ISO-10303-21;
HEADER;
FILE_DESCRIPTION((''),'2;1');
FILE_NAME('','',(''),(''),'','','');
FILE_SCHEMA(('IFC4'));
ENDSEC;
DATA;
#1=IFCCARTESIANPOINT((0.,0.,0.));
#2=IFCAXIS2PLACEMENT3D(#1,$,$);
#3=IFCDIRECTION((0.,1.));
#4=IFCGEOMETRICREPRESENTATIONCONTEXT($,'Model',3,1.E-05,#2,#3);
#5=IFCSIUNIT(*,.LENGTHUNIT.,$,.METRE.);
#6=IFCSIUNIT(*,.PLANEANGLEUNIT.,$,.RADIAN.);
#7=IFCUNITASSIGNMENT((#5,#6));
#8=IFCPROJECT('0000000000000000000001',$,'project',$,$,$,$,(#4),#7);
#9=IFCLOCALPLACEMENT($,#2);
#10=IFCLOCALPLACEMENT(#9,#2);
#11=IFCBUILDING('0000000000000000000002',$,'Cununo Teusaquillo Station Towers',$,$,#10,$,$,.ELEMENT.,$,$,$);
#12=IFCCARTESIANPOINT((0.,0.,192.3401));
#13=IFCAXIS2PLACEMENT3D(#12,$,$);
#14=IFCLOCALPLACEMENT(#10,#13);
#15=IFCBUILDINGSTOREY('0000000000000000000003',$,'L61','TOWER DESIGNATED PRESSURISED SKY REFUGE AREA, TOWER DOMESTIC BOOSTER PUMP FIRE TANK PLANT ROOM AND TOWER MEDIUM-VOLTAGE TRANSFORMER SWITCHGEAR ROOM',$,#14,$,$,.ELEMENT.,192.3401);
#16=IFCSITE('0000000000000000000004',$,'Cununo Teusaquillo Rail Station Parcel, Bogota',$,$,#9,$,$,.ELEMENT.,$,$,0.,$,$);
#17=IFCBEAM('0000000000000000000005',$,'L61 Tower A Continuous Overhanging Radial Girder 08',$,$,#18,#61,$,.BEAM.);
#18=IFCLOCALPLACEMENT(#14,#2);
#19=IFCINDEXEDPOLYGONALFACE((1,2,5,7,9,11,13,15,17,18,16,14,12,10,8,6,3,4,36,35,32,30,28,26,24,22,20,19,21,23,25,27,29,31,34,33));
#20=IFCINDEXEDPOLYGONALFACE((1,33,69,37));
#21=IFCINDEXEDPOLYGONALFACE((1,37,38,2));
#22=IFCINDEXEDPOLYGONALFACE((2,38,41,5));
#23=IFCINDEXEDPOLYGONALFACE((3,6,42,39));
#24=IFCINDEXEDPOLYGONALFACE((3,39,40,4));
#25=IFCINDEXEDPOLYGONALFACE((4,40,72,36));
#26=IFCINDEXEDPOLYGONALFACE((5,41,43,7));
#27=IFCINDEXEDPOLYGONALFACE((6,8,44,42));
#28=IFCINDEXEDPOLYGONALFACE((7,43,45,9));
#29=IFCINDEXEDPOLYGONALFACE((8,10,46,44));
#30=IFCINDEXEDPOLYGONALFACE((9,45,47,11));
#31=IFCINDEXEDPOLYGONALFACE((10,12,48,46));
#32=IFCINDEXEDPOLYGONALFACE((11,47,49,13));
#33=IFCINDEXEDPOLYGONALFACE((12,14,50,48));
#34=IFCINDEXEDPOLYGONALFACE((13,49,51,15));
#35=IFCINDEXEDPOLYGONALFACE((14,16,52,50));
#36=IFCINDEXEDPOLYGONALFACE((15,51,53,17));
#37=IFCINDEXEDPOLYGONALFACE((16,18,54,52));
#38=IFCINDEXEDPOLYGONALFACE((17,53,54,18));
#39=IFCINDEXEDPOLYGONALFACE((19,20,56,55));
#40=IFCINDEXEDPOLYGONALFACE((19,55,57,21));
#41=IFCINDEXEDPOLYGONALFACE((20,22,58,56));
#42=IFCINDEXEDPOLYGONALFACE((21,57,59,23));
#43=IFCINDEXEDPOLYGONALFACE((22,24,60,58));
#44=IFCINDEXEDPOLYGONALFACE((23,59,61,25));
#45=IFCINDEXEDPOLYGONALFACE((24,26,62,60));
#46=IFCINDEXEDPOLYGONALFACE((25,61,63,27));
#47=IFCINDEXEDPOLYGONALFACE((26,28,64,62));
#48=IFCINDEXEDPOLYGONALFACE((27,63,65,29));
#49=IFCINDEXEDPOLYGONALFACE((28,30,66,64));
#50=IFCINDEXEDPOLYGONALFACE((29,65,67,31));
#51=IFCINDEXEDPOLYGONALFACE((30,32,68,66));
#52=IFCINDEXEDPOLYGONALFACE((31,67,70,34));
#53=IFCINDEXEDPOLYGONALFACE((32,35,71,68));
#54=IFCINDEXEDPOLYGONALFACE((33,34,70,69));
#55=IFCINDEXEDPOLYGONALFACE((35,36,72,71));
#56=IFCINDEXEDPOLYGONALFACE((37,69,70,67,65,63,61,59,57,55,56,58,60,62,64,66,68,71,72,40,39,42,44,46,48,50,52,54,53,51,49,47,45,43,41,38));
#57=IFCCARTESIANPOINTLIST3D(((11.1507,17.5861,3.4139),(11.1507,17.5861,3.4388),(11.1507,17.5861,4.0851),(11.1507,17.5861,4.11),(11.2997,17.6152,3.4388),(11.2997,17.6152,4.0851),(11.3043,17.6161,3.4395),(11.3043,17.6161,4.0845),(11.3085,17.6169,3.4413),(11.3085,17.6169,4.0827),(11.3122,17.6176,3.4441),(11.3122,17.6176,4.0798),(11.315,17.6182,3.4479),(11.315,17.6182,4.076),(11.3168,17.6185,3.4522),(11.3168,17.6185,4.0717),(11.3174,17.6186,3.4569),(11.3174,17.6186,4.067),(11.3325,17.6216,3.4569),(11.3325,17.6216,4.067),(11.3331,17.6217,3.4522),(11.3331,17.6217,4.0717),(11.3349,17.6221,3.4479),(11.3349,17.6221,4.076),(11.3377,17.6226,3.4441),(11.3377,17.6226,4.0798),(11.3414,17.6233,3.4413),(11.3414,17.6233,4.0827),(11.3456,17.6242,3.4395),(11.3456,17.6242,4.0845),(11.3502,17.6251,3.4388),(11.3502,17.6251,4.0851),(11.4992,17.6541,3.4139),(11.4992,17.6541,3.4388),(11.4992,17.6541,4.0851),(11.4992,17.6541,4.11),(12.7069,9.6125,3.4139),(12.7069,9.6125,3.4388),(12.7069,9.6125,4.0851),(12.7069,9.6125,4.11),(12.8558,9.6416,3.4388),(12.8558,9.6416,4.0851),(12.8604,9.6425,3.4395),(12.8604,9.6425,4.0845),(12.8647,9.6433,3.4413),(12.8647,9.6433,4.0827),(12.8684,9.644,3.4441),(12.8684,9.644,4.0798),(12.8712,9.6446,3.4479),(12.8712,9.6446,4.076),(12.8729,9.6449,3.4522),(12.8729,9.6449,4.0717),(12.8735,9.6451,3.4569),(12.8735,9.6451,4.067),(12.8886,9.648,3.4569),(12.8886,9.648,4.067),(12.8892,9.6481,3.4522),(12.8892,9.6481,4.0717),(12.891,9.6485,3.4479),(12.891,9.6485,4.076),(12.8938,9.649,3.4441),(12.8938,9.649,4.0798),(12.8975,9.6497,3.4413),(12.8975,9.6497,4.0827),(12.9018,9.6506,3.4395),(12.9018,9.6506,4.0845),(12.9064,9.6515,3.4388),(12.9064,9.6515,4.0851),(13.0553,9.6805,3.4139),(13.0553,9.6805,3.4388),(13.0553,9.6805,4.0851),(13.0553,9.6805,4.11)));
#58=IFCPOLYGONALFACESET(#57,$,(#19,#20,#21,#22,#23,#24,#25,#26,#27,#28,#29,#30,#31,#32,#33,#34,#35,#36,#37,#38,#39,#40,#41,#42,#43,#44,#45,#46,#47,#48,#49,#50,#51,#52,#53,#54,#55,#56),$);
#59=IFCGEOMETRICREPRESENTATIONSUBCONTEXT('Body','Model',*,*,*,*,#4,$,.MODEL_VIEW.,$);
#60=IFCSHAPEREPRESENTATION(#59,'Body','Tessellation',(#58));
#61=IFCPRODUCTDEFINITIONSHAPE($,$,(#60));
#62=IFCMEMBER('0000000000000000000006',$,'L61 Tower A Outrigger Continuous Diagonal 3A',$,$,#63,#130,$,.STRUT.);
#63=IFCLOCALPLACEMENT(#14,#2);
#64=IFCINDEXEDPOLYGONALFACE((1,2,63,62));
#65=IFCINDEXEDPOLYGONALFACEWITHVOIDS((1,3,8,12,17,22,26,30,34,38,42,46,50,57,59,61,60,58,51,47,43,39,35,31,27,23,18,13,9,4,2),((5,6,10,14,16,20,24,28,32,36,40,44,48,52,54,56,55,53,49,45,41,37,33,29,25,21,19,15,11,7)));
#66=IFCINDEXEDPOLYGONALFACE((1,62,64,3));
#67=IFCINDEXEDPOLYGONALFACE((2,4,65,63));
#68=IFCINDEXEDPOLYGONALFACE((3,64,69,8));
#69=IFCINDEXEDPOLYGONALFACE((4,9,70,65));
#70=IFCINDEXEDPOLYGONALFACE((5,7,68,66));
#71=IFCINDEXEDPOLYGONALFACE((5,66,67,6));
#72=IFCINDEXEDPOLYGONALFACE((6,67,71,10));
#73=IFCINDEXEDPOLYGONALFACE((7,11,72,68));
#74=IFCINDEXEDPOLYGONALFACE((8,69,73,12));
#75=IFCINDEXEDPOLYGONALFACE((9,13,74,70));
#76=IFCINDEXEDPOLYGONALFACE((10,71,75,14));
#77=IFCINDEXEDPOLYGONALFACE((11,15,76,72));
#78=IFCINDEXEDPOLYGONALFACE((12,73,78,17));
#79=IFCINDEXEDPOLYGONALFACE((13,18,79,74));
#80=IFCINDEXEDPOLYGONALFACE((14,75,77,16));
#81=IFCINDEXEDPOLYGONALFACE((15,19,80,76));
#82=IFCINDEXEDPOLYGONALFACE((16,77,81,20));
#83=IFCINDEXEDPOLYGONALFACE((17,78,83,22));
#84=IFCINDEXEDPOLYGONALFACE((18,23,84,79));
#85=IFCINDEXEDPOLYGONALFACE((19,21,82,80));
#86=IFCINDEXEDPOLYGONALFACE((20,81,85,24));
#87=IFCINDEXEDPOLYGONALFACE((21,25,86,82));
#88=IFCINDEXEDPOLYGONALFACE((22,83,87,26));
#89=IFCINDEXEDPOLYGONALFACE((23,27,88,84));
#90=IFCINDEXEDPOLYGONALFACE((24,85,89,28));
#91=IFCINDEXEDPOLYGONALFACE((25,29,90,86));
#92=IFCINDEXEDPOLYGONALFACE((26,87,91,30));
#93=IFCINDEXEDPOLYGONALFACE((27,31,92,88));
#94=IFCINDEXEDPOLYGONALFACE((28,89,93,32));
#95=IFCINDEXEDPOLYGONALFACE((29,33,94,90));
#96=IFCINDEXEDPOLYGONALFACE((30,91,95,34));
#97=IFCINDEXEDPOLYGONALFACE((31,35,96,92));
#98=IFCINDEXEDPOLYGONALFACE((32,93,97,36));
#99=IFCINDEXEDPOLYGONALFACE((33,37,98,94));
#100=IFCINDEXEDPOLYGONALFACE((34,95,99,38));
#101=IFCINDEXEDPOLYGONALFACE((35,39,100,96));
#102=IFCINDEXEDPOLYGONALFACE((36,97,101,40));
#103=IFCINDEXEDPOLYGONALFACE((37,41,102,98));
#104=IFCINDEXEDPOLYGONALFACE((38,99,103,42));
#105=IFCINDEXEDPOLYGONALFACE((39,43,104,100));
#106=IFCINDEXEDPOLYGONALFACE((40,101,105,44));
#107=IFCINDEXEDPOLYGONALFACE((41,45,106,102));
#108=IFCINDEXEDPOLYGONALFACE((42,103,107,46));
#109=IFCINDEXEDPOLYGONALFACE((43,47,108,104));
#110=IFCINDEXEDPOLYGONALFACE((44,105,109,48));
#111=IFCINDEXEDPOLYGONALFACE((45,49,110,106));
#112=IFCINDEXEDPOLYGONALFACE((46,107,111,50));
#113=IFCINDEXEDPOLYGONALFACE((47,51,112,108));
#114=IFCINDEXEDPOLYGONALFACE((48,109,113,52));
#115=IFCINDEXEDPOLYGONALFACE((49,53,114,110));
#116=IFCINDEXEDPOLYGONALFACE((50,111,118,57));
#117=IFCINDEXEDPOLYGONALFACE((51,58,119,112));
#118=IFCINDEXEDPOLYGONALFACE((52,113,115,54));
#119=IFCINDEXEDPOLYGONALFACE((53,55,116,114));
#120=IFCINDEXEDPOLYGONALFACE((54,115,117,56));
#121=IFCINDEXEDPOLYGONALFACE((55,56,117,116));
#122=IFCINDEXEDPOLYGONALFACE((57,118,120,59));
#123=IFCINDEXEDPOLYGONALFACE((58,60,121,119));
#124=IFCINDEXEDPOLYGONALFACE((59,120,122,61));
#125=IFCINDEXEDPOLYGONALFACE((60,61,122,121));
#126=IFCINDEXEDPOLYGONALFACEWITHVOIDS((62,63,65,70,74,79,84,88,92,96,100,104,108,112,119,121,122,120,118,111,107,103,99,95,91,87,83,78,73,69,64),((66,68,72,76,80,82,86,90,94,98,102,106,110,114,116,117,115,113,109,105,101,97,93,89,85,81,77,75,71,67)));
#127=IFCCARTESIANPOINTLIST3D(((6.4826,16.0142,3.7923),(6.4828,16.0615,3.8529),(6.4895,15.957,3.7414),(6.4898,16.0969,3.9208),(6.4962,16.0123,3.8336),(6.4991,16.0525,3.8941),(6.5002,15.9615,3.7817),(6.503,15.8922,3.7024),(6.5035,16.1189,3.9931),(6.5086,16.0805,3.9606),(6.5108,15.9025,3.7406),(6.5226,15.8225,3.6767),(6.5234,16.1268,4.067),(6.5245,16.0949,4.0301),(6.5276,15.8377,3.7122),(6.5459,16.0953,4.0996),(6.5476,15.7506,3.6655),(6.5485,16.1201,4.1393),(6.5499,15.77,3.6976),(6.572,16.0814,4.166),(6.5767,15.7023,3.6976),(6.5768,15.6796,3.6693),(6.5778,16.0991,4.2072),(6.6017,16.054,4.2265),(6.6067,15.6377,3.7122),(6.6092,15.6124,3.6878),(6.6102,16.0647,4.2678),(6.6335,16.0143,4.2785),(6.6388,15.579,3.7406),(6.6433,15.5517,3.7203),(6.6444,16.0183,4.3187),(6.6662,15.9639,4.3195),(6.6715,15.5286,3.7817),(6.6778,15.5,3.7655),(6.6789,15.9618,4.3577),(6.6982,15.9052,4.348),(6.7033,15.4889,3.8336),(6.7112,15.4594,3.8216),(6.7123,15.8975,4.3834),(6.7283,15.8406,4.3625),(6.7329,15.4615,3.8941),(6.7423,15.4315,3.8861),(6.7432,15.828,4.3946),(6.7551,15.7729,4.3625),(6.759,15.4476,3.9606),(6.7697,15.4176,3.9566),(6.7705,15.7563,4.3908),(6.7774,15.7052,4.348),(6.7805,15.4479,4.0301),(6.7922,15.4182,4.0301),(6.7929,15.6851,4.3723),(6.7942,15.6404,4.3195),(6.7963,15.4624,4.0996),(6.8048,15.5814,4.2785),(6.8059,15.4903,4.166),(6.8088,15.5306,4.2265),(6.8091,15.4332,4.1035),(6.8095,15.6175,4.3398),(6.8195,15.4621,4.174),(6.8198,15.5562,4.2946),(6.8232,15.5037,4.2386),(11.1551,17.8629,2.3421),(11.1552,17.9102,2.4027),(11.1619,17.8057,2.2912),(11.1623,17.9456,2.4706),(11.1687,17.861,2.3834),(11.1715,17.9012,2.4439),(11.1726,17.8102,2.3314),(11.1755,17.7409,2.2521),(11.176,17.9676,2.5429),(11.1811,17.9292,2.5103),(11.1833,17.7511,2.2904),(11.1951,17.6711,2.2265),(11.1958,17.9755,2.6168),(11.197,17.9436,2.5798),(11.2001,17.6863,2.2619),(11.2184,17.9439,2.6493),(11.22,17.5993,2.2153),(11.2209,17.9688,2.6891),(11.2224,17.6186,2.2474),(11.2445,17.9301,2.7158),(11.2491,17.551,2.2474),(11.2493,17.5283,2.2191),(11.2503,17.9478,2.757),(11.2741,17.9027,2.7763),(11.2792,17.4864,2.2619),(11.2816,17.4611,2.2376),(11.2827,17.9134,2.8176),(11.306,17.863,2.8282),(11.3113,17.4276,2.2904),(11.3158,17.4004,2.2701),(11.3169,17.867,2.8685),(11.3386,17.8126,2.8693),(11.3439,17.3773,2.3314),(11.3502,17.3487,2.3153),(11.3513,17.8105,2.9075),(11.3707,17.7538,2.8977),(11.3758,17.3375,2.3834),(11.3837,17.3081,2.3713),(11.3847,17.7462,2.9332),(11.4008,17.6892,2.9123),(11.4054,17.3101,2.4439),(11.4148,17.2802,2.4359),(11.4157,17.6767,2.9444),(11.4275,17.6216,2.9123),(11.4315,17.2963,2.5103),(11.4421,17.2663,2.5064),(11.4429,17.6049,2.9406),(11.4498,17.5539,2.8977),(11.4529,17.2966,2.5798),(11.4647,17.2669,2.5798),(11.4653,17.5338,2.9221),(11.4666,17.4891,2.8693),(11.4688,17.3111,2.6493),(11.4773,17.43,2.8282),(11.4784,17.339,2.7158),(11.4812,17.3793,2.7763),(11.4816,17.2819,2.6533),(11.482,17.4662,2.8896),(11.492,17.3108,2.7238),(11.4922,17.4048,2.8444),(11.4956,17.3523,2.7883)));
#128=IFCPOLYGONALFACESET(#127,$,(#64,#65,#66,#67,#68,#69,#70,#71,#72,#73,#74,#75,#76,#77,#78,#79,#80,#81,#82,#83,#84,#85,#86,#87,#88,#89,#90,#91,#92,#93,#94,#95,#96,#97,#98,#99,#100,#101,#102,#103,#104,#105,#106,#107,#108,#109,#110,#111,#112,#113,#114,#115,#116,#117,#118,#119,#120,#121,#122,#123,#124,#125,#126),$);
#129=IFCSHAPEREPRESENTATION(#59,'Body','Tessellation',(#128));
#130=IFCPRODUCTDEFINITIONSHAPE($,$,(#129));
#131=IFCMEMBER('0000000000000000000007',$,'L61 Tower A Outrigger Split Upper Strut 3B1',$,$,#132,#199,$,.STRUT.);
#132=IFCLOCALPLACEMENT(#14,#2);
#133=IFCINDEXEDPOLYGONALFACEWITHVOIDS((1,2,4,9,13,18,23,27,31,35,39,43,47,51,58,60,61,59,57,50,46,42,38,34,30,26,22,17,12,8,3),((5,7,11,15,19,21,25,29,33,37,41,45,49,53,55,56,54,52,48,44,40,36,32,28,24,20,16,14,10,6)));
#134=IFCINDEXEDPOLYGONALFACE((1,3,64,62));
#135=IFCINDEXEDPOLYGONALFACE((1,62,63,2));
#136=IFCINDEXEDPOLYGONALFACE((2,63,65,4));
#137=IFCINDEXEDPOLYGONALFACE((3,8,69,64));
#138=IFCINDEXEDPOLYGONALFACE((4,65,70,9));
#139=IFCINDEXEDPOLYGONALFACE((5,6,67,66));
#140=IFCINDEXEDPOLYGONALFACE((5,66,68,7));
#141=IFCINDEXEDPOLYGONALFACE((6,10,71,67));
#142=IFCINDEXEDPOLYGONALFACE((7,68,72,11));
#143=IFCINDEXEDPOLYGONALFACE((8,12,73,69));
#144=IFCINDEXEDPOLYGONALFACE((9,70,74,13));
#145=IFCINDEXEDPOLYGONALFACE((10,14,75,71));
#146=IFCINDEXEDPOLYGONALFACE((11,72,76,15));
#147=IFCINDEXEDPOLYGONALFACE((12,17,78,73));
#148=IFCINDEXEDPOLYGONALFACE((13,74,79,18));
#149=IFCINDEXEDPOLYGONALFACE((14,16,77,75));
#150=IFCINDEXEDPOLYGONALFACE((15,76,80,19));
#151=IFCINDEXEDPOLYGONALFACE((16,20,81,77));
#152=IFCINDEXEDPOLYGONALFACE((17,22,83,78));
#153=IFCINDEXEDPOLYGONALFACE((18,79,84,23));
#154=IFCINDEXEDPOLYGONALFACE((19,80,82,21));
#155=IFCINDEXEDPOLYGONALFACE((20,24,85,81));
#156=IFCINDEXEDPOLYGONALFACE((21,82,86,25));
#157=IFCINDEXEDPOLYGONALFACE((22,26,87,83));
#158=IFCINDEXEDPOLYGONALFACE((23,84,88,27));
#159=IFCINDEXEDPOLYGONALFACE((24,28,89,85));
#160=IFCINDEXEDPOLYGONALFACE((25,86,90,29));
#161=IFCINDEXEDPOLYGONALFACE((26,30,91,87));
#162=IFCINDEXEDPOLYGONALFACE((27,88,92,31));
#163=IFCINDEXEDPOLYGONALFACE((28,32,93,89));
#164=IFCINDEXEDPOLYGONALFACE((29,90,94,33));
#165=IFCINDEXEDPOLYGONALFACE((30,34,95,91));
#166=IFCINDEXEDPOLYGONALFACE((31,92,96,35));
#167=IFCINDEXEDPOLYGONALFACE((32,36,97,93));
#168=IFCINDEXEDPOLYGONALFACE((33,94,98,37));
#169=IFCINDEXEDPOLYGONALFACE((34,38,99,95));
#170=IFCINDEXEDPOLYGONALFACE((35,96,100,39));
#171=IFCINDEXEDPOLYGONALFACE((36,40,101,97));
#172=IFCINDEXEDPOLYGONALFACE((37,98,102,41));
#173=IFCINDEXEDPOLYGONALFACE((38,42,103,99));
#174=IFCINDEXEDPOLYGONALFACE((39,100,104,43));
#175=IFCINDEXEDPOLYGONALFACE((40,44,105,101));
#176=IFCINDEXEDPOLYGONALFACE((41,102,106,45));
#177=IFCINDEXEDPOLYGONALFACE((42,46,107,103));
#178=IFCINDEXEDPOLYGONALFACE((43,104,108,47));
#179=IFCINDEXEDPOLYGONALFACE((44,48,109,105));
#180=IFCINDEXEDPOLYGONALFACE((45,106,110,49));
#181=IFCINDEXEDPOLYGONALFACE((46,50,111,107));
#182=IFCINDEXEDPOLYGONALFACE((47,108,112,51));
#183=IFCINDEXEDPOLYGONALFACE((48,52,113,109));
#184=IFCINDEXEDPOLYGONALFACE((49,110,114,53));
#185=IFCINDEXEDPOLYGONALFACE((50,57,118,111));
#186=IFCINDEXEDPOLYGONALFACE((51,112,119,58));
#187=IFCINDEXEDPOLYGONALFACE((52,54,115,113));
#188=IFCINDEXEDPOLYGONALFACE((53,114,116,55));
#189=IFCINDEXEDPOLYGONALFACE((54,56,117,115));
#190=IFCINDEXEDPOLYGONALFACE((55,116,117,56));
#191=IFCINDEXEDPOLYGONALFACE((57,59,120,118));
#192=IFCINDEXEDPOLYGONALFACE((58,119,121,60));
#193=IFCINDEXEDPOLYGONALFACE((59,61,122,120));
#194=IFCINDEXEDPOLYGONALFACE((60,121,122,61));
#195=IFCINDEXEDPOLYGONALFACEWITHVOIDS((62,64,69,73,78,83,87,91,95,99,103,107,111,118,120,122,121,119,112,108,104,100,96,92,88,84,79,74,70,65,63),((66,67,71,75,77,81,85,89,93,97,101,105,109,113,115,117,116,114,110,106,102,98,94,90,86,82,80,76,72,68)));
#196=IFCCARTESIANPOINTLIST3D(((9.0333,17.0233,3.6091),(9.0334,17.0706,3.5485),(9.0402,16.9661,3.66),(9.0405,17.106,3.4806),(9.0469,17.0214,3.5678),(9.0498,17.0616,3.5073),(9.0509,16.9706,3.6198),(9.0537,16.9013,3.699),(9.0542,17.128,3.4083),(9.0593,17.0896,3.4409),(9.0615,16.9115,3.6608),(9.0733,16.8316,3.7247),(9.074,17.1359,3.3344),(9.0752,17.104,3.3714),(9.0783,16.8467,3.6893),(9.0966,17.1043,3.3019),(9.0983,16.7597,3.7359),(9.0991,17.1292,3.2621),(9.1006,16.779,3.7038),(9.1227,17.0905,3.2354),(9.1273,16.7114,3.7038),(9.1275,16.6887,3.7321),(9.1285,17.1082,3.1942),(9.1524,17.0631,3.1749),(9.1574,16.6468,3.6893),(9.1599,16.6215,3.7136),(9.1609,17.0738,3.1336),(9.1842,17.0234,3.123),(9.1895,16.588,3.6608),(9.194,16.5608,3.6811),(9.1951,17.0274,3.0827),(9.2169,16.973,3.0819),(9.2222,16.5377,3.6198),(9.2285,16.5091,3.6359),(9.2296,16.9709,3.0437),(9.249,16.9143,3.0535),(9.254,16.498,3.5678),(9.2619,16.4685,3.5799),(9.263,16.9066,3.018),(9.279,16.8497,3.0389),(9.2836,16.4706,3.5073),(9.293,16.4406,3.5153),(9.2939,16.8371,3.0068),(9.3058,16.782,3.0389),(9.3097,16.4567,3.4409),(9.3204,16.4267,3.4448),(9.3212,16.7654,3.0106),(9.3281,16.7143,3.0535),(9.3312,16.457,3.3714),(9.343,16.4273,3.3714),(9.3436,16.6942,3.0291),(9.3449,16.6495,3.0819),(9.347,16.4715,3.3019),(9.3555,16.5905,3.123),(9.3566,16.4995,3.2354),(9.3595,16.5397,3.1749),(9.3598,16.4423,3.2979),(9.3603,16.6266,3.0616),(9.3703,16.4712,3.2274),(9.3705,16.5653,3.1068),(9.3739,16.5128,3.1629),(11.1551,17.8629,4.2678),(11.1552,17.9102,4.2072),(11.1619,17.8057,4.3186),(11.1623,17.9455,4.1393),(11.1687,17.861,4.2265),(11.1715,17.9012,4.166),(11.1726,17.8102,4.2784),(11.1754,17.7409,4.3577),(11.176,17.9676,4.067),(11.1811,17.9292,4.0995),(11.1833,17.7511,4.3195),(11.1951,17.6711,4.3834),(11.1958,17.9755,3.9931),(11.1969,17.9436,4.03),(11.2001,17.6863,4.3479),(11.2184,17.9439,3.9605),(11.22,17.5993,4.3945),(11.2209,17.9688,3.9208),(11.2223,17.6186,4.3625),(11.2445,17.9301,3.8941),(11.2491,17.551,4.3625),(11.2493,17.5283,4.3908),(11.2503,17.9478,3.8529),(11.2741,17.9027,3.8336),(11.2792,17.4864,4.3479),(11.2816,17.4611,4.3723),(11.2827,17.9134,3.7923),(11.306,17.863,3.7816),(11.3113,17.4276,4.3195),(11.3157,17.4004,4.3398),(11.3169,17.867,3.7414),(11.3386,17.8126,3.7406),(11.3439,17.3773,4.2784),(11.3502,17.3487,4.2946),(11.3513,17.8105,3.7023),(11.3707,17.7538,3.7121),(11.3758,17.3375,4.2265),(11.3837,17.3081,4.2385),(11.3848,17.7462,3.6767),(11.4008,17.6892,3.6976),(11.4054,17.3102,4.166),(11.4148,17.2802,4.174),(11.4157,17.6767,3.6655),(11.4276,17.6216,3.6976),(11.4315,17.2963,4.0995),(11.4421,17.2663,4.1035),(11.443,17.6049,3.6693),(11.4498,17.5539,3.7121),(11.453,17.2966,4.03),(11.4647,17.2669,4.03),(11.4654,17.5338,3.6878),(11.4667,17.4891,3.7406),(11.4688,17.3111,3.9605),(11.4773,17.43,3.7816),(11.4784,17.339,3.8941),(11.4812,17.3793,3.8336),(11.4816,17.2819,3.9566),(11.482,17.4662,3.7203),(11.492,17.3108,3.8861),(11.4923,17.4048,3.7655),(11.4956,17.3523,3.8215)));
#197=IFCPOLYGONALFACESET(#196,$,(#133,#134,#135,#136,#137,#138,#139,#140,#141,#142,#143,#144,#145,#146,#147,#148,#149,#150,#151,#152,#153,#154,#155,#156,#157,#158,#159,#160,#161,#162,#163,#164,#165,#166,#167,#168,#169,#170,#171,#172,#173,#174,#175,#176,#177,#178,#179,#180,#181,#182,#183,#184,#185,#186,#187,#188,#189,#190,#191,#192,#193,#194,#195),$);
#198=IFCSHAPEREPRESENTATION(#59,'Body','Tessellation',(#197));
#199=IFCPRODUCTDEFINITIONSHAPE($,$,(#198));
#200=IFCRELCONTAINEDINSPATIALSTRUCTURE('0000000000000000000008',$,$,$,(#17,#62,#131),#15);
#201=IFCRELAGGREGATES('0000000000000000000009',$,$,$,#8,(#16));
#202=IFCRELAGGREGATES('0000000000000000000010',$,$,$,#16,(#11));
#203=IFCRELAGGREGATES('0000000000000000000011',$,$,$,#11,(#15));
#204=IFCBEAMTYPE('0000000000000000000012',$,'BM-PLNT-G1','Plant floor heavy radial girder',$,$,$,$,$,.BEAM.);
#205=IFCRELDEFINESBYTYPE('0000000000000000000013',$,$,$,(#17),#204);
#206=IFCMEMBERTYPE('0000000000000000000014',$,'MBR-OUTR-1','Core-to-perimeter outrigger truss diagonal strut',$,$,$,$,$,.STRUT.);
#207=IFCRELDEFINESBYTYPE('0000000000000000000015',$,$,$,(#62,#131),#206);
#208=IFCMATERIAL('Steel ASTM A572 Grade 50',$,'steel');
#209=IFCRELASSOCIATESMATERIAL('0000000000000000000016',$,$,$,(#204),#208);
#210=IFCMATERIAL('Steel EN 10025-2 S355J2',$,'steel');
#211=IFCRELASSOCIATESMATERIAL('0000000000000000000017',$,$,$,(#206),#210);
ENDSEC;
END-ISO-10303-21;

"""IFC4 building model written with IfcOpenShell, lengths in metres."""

from ifc_helpers import new_model, si_unit, direction, frame, origin, origin_2d, place, context, subcontext, project, spatial, hollow_circle, i_section, extrude, material, material_profile, profile_set, type_object, element, save


model = new_model("IFC4")

# Units and contexts
model_context = context("Model", 3, precision=1e-05, world=origin(), true_north=direction((0.0, 1.0)))
body_context = subcontext(model_context, "Body", "Model", "MODEL_VIEW")
ifc_project = project(units=[si_unit("LENGTHUNIT", "METRE"), si_unit("PLANEANGLEUNIT", "RADIAN")], contexts=[model_context])

# Site, building, storey
site_placement = place(None, origin())
site = spatial("IfcSite", under=ifc_project, at=site_placement, Name="Cununo Teusaquillo Rail Station Parcel, Bogota", CompositionType="ELEMENT", RefElevation=0.0)
building_placement = place(site_placement, origin())
building = spatial("IfcBuilding", under=site, at=building_placement, Name="Cununo Teusaquillo Station Towers", CompositionType="ELEMENT")
storey_placement = place(building_placement, frame((0.0, 0.0, 192.3401)))
storey = spatial("IfcBuildingStorey", under=building, at=storey_placement, Name="L61", Description="TOWER DESIGNATED PRESSURISED SKY REFUGE AREA, TOWER DOMESTIC BOOSTER PUMP FIRE TANK PLANT ROOM AND TOWER MEDIUM-VOLTAGE TRANSFORMER SWITCHGEAR ROOM", CompositionType="ELEMENT", Elevation=192.3401)

# Beam
ifc_material_1 = material(Name="Steel ASTM A572 Grade 50", Category="steel")
ifc_material_profile_1 = material_profile(ifc_material_1, i_section(OverallWidth=0.355, OverallDepth=0.696, WebThickness=0.0154, FlangeThickness=0.0249, FilletRadius=0.0181, at=origin_2d()), Name="W27X146")
ifc_profile_set_1 = profile_set([ifc_material_profile_1], Name="Steel ASTM A572 Grade 50")
beam_type_1 = type_object("IfcBeamType", Name="BM-PLNT-G1", Description="Plant floor heavy radial girder", PredefinedType="BEAM", material=ifc_profile_set_1)
beam_1_placement = place(storey_placement, frame((11.325, 17.6201, 3.762), z_axis=(0.191548, -0.981483, 0.0), x_axis=(0.981483, 0.191548, 0.0)))
element("IfcBeam", 1, at=beam_1_placement, inside=storey, type_object=beam_type_1, Name="L61 Tower A Continuous Overhanging Radial Girder 08", PredefinedType="BEAM", context=body_context, shape_type="SweptSolid", body=[
    extrude(i_section(OverallWidth=0.355, OverallDepth=0.696, WebThickness=0.0154, FlangeThickness=0.0249, FilletRadius=0.0181, at=origin_2d()), origin(), (0.0, 0.0, 1.0), 8.124),
])

# Members
ifc_material_2 = material(Name="Steel EN 10025-2 S355J2", Category="steel")
ifc_material_profile_2 = material_profile(ifc_material_2, hollow_circle(Radius=0.3799, WallThickness=0.032, at=origin_2d()), Name="CHS 760x32")
ifc_profile_set_2 = profile_set([ifc_material_profile_2], Name="Steel EN 10025-2 S355J2")
member_type = type_object("IfcMemberType", Name="MBR-OUTR-1", Description="Core-to-perimeter outrigger truss diagonal strut", PredefinedType="STRUT", material=ifc_profile_set_2)
member_1_placement = place(storey_placement, frame((11.325, 17.6201, 2.5798), z_axis=(-0.8934, -0.353476, 0.277291), x_axis=(0.367903, -0.929864, 0.0)))
element("IfcMember", 2, at=member_1_placement, inside=storey, type_object=member_type, Name="L61 Tower A Outrigger Continuous Diagonal 3A", PredefinedType="STRUT", context=body_context, shape_type="SweptSolid", body=[
    extrude(hollow_circle(Radius=0.3799, WallThickness=0.032, at=origin_2d()), origin(), (0.0, 0.0, 1.0), 5.23),
])
member_2_placement = place(storey_placement, frame((11.325, 17.6201, 4.03), z_axis=(-0.893375, -0.353505, -0.277336), x_axis=(0.367939, -0.92985, 0.0)))
element("IfcMember", 3, at=member_2_placement, inside=storey, type_object=member_type, Name="L61 Tower A Outrigger Split Upper Strut 3B1", PredefinedType="STRUT", context=body_context, shape_type="SweptSolid", body=[
    extrude(hollow_circle(Radius=0.3799, WallThickness=0.032, at=origin_2d()), origin(), (0.0, 0.0, 1.0), 2.375),
])

save(model, "model.ifc")
